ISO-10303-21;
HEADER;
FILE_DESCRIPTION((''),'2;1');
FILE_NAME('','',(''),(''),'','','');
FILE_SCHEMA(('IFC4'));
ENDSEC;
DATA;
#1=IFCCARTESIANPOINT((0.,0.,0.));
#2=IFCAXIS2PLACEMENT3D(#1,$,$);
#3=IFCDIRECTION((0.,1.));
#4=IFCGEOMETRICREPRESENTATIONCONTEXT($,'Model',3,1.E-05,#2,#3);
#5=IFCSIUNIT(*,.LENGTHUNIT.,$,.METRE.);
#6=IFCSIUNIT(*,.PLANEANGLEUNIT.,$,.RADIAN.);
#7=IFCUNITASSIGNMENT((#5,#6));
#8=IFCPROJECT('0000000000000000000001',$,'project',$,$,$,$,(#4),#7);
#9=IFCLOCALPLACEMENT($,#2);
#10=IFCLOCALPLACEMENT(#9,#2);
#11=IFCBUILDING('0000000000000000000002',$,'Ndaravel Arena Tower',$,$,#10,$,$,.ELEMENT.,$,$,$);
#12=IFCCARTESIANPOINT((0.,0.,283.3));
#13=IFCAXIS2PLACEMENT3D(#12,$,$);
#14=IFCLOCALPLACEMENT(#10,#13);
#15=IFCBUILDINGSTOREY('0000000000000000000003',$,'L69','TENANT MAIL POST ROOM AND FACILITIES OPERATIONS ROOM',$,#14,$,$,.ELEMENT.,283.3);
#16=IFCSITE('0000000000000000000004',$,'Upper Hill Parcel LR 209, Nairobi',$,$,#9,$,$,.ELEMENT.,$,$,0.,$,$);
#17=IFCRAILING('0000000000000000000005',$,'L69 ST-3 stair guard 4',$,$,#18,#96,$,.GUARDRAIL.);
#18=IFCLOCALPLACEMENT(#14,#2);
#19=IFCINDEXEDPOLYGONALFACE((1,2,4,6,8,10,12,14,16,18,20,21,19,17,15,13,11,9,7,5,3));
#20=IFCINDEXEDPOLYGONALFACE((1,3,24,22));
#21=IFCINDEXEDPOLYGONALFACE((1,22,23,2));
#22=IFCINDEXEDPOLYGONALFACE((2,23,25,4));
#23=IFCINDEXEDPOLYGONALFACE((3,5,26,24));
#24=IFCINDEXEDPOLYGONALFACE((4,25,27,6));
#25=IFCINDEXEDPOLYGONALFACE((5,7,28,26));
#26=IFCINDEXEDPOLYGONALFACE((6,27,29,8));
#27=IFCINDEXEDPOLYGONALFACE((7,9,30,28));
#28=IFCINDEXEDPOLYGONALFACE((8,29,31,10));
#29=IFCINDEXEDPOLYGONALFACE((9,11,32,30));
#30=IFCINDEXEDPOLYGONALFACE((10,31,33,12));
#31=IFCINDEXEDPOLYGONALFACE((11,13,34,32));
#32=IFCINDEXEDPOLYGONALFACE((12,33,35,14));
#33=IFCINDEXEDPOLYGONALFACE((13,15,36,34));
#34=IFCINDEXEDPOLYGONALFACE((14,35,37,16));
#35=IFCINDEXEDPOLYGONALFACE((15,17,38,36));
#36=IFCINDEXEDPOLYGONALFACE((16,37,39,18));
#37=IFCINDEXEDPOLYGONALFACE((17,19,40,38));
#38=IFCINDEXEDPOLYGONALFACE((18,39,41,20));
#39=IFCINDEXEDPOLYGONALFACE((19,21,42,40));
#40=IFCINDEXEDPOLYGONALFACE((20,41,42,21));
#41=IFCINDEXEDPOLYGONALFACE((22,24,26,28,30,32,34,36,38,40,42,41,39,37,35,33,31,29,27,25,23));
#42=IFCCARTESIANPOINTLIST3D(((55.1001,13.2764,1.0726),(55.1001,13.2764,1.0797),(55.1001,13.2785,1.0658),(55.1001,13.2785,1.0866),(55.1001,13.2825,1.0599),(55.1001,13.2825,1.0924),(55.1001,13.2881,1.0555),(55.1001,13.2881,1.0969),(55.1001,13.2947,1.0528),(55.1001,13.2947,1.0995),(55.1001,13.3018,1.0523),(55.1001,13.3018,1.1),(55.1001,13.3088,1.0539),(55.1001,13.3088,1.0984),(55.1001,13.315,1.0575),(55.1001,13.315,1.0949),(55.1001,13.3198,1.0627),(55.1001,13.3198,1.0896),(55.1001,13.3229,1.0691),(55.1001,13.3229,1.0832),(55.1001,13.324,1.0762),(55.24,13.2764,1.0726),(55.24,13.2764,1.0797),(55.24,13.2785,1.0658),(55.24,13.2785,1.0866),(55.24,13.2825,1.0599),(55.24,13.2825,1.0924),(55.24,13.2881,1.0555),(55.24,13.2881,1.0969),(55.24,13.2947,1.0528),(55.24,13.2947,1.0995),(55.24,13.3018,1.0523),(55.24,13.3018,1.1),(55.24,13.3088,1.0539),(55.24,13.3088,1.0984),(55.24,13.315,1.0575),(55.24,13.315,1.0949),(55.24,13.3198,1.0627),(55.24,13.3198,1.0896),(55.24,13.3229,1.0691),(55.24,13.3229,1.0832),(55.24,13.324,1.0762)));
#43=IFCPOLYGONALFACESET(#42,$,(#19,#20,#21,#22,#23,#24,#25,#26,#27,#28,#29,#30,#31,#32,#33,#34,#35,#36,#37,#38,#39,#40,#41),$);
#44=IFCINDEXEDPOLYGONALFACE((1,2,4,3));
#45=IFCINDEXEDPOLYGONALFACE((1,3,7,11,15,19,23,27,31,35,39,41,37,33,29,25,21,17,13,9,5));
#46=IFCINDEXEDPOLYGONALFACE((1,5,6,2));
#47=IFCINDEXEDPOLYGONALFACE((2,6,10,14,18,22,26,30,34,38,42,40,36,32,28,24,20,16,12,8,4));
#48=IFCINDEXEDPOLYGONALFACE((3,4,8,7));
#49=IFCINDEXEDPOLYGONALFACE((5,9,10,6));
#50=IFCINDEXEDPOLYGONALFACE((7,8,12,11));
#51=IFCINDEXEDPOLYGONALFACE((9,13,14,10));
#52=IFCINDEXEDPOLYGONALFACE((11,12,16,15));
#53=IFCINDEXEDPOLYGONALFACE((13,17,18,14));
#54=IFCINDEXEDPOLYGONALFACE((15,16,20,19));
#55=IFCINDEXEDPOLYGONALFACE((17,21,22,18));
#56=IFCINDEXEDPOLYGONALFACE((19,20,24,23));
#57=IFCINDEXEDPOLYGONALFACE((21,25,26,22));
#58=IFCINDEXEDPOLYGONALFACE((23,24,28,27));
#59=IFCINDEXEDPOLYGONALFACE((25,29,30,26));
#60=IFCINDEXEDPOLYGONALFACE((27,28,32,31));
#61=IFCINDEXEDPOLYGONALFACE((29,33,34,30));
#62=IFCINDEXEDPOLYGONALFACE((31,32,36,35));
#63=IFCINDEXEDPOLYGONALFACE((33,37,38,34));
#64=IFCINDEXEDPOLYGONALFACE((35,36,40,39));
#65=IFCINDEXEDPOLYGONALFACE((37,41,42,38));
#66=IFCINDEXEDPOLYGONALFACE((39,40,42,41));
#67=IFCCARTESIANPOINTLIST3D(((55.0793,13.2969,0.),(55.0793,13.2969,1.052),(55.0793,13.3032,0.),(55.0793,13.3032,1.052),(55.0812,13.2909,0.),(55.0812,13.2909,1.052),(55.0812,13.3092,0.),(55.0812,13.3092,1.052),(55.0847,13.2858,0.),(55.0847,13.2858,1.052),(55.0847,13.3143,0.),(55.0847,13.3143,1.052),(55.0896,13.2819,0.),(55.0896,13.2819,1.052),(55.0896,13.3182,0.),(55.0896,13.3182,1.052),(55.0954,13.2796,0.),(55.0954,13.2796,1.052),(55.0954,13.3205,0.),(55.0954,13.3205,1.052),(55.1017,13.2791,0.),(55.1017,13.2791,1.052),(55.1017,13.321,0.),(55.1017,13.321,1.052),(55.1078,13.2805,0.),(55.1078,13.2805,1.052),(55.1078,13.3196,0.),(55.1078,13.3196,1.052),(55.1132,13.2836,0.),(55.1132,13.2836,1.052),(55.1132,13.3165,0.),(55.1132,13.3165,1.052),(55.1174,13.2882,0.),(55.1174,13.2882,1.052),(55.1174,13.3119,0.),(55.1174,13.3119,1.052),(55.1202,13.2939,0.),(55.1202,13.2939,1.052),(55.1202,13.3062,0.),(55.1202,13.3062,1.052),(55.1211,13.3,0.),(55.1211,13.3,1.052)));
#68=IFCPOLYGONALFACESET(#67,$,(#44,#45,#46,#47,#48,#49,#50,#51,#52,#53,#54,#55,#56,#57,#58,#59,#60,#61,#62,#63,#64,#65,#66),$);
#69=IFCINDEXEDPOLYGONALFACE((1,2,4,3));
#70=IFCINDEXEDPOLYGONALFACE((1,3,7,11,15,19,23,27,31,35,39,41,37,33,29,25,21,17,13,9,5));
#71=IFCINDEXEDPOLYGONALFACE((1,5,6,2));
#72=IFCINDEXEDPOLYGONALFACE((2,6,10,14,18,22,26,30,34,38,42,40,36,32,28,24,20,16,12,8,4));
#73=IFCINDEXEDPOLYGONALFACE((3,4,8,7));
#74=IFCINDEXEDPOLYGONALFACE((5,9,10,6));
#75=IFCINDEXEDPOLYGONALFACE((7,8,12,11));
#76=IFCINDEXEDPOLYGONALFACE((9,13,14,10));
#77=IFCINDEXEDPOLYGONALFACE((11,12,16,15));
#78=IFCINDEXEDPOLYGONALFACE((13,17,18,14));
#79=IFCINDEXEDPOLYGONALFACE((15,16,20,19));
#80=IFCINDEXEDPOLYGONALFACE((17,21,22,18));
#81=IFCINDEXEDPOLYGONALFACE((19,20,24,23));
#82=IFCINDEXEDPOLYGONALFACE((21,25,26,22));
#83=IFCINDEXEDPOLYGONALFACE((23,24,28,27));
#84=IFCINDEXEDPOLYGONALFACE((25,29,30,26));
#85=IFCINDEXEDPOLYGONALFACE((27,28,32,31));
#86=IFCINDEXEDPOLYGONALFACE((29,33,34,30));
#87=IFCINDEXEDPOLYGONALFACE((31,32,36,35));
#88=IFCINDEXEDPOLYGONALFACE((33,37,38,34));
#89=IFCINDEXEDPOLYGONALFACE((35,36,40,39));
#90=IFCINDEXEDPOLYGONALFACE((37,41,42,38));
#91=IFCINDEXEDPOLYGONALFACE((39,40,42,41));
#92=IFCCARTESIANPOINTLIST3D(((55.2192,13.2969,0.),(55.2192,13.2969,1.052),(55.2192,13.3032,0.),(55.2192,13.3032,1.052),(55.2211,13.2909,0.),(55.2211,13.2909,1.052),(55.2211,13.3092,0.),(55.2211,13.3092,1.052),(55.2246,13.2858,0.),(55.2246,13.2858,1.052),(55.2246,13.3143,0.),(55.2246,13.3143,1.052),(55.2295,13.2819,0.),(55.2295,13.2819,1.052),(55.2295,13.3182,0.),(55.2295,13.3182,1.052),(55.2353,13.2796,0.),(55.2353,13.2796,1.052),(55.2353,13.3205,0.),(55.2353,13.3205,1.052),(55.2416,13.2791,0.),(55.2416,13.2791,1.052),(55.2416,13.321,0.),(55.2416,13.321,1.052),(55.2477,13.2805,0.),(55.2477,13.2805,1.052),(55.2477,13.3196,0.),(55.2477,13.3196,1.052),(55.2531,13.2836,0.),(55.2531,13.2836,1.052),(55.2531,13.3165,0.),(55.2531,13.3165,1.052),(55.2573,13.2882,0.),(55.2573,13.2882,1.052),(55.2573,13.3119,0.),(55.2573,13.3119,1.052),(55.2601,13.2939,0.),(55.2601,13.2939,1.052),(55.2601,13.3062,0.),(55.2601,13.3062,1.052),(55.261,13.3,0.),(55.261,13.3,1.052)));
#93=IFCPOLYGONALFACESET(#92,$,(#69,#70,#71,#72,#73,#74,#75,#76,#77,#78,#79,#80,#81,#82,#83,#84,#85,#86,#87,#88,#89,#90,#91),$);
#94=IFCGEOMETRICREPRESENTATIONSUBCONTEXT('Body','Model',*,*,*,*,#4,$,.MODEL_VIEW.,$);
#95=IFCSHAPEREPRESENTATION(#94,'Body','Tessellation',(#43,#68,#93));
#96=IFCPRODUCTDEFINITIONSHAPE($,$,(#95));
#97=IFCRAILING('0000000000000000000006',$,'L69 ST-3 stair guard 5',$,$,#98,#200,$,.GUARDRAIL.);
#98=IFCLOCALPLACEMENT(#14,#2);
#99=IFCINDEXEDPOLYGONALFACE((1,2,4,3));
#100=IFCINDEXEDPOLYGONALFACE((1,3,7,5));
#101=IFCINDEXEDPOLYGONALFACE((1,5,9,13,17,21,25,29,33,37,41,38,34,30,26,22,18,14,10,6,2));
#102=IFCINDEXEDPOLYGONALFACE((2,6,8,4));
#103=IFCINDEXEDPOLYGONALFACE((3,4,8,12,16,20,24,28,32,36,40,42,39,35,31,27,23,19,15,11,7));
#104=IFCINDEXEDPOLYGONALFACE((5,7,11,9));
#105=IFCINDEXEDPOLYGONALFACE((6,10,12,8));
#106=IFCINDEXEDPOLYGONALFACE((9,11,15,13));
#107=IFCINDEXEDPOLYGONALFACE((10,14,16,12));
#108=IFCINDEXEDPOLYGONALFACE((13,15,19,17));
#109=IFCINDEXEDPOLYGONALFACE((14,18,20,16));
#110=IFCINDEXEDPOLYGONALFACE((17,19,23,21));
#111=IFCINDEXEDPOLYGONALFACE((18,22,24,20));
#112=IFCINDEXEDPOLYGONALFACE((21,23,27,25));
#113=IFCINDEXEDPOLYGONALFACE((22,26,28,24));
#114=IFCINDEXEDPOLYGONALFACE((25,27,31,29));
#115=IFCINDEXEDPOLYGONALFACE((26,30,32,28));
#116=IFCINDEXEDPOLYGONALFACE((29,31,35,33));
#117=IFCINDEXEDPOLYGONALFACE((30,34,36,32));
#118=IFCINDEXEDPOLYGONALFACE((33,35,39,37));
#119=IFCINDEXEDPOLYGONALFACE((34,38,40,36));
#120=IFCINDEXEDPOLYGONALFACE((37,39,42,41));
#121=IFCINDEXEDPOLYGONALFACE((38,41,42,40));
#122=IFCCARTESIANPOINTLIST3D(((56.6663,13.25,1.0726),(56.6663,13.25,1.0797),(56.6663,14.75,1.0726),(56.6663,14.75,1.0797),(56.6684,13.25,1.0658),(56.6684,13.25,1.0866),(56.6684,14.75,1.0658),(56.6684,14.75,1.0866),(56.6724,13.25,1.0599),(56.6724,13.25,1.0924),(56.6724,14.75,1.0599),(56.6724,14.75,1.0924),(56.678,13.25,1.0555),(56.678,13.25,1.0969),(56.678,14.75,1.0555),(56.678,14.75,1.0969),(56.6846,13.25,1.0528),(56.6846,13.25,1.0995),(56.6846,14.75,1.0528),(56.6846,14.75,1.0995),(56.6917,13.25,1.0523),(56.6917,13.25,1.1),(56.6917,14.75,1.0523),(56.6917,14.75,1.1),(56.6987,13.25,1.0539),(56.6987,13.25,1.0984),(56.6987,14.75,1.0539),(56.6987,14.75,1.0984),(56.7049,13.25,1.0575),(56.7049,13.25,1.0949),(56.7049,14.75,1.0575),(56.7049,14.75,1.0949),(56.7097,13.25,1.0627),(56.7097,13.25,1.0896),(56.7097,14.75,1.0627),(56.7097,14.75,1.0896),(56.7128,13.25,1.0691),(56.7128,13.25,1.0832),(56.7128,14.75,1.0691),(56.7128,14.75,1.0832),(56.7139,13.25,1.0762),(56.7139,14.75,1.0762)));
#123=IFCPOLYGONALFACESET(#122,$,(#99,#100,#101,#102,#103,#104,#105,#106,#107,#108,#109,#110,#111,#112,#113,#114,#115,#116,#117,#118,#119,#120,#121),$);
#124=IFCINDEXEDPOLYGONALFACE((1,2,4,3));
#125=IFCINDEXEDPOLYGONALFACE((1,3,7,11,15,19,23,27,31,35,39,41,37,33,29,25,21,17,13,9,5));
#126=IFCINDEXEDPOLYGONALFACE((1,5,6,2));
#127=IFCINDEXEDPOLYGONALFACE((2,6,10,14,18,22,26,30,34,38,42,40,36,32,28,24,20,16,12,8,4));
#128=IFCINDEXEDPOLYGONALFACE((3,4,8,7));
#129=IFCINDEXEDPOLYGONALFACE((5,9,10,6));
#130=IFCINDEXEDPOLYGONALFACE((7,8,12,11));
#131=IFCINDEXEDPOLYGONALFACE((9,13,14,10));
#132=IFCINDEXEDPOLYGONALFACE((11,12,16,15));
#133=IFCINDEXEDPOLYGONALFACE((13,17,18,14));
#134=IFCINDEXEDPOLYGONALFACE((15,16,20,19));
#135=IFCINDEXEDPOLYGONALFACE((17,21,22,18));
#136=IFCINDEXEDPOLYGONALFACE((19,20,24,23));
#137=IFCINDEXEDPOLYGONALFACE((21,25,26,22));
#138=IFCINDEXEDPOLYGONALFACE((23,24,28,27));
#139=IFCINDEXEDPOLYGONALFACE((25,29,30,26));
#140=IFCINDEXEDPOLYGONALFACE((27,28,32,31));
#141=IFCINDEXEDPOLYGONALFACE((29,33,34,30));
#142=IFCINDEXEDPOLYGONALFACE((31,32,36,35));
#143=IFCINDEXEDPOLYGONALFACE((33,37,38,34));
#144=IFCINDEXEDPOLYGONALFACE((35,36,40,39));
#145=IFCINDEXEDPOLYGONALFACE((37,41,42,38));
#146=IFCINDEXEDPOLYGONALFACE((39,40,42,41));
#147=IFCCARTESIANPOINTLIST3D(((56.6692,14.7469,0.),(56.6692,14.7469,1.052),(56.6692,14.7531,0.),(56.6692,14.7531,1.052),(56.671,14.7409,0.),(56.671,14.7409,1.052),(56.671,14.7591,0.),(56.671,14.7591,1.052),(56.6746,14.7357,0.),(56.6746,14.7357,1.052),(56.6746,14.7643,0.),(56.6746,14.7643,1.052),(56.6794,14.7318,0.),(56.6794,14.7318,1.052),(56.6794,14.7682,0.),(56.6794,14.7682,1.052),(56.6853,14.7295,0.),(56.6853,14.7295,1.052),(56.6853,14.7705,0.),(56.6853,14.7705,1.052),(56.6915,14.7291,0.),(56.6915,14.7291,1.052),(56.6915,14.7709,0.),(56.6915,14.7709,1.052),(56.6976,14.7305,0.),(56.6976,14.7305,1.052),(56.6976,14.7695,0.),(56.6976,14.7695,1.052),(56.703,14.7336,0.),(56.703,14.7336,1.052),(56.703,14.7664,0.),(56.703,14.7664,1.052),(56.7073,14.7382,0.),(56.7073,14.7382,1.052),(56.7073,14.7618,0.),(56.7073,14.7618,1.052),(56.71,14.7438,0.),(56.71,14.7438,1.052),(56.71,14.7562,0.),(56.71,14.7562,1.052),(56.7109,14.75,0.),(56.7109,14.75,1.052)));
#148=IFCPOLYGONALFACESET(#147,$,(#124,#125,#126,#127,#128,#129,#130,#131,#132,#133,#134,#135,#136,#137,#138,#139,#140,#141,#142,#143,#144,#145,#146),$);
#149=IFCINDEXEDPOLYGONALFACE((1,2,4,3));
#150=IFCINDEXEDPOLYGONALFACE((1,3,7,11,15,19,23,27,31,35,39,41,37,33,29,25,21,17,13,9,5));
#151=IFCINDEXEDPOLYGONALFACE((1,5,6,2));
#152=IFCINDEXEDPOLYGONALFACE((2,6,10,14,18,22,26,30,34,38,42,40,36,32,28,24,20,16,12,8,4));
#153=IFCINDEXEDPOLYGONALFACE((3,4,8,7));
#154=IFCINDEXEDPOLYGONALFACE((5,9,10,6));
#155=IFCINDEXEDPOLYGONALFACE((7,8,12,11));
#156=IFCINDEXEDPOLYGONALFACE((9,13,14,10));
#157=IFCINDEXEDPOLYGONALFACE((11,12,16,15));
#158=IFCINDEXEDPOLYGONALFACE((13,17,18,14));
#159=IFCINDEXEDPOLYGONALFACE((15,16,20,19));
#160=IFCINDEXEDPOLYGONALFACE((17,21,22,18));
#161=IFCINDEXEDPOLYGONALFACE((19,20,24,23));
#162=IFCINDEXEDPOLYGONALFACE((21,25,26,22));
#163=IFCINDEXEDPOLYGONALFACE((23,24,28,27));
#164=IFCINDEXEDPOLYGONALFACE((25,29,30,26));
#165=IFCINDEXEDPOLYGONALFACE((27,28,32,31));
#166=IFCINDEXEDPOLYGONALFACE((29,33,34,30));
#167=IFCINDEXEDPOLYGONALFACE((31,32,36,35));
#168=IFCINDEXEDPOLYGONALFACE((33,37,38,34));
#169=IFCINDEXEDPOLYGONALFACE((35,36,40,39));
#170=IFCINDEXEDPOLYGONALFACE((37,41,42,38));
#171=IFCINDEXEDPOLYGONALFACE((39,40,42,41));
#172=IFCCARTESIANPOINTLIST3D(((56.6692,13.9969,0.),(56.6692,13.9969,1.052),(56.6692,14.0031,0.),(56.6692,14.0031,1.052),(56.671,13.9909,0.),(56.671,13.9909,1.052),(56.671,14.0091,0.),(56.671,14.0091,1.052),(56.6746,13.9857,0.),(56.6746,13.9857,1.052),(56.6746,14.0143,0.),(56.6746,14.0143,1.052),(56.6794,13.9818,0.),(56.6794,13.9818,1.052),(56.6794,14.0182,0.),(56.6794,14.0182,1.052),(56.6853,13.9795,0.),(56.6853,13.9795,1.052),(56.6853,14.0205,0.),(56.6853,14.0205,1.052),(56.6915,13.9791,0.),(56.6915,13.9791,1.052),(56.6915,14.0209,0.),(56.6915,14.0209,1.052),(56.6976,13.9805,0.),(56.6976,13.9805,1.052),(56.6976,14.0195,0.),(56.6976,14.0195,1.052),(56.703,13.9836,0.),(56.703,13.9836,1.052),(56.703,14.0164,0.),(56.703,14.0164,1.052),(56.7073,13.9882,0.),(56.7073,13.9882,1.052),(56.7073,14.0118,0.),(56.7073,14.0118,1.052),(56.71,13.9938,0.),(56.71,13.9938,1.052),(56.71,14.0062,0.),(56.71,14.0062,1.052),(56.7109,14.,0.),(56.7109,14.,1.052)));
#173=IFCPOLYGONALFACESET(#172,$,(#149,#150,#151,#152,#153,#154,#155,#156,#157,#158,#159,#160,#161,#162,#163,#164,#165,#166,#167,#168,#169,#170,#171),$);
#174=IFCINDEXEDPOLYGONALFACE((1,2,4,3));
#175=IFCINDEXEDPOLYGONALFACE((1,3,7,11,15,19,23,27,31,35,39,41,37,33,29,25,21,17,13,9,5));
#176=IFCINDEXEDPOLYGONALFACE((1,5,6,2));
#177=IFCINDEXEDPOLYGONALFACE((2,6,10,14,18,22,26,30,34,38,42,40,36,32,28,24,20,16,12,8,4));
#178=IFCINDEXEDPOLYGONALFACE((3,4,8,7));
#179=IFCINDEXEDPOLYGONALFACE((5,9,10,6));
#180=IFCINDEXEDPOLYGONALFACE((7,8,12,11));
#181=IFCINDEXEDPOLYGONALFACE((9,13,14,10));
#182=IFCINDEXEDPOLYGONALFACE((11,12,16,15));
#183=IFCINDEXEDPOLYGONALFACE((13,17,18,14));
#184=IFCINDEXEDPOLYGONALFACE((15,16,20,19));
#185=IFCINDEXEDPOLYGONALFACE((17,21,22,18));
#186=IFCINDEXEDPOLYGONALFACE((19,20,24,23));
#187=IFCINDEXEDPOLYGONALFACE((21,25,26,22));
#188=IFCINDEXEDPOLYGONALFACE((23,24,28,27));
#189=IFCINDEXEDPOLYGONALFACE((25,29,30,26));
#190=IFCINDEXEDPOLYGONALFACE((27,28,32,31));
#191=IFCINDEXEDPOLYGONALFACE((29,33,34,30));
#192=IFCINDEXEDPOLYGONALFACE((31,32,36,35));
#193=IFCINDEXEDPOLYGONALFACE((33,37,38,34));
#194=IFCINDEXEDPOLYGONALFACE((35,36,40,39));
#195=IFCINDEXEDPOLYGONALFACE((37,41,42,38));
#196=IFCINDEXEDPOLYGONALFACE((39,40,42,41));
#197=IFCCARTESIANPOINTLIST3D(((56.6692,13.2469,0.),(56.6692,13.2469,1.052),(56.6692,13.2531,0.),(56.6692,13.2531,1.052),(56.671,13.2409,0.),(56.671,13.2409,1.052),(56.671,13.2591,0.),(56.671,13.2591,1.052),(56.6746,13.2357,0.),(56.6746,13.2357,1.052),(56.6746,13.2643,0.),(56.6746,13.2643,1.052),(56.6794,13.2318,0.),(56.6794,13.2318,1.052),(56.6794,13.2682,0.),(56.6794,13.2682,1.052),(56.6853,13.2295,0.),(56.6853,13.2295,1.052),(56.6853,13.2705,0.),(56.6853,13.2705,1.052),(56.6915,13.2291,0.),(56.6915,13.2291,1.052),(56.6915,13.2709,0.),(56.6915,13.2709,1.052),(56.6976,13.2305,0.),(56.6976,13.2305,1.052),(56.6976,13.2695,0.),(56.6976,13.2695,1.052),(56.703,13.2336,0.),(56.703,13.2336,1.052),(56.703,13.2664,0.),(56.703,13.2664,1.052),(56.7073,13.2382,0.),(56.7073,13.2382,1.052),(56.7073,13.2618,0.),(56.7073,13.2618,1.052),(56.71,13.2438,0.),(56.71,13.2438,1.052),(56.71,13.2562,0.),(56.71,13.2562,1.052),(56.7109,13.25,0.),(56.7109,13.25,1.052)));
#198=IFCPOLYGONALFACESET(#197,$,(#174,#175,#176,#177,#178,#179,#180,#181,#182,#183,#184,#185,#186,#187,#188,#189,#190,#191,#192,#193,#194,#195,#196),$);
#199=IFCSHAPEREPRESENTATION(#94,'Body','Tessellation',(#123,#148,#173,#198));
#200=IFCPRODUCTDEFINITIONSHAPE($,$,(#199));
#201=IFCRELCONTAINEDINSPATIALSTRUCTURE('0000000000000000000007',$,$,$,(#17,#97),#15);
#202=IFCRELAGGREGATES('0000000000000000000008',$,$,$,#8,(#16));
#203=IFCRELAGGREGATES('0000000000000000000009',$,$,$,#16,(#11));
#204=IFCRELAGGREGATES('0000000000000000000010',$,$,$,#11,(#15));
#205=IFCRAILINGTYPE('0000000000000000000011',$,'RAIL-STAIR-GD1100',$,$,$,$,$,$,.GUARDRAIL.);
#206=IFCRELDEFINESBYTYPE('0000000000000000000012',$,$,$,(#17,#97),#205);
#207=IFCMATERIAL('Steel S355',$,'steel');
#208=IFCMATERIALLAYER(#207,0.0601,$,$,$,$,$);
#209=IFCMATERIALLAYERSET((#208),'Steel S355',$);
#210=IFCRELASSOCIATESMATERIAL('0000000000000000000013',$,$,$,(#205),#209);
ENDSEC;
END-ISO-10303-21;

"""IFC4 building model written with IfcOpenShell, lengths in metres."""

from ifc_helpers import new_model, si_unit, direction, frame, origin, origin_2d, place, context, subcontext, project, spatial, circle, extrude, material, layer, layer_set, type_object, element, save


model = new_model("IFC4")

# Units and contexts
model_context = context("Model", 3, precision=1e-05, world=origin(), true_north=direction((0.0, 1.0)))
body_context = subcontext(model_context, "Body", "Model", "MODEL_VIEW")
ifc_project = project(units=[si_unit("LENGTHUNIT", "METRE"), si_unit("PLANEANGLEUNIT", "RADIAN")], contexts=[model_context])

# Site, building, storey
site_placement = place(None, origin())
site = spatial("IfcSite", under=ifc_project, at=site_placement, Name="Upper Hill Parcel LR 209, Nairobi", CompositionType="ELEMENT", RefElevation=0.0)
building_placement = place(site_placement, origin())
building = spatial("IfcBuilding", under=site, at=building_placement, Name="Ndaravel Arena Tower", CompositionType="ELEMENT")
storey_placement = place(building_placement, frame((0.0, 0.0, 283.3)))
storey = spatial("IfcBuildingStorey", under=building, at=storey_placement, Name="L69", Description="TENANT MAIL POST ROOM AND FACILITIES OPERATIONS ROOM", CompositionType="ELEMENT", Elevation=283.3)

# Railings
ifc_material_1 = material(Name="Steel S355", Category="steel")
ifc_layer_1 = layer(ifc_material_1, 0.0601)
ifc_layer_set_1 = layer_set([ifc_layer_1], Name="Steel S355")
railing_type_1 = type_object("IfcRailingType", Name="RAIL-STAIR-GD1100", PredefinedType="GUARDRAIL", material=ifc_layer_set_1)
railing_1_placement = place(storey_placement, frame((55.1001, 13.3, 0.0)))
element("IfcRailing", 1, at=railing_1_placement, inside=storey, type_object=railing_type_1, Name="L69 ST-3 stair guard 4", PredefinedType="GUARDRAIL", context=body_context, shape_type="SweptSolid", body=[
    extrude(circle(Radius=0.0239, at=origin_2d()), frame((0.0, 0.0, 1.0762), z_axis=(1.0, 0.0, 0.0), x_axis=(0.0, 1.0, 0.0)), (0.0, 0.0, 1.0), 0.1399),
    extrude(circle(Radius=0.021, at=origin_2d()), origin(), (0.0, 0.0, 1.0), 1.052),
    extrude(circle(Radius=0.021, at=origin_2d()), frame((0.1399, 0.0, 0.0)), (0.0, 0.0, 1.0), 1.052),
])
railing_2_placement = place(storey_placement, frame((56.6899, 14.75, 0.0)))
element("IfcRailing", 2, at=railing_2_placement, inside=storey, type_object=railing_type_1, Name="L69 ST-3 stair guard 5", PredefinedType="GUARDRAIL", context=body_context, shape_type="SweptSolid", body=[
    extrude(circle(Radius=0.0239, at=origin_2d()), frame((0.0, 0.0, 1.0762), z_axis=(0.0, -1.0, 0.0), x_axis=(1.0, 0.0, 0.0)), (0.0, 0.0, 1.0), 1.5),
    extrude(circle(Radius=0.021, at=origin_2d()), origin(), (0.0, 0.0, 1.0), 1.052),
    extrude(circle(Radius=0.021, at=origin_2d()), frame((0.0, -0.75, 0.0)), (0.0, 0.0, 1.0), 1.052),
    extrude(circle(Radius=0.021, at=origin_2d()), frame((0.0, -1.5, 0.0)), (0.0, 0.0, 1.0), 1.052),
])

save(model, "model.ifc")
